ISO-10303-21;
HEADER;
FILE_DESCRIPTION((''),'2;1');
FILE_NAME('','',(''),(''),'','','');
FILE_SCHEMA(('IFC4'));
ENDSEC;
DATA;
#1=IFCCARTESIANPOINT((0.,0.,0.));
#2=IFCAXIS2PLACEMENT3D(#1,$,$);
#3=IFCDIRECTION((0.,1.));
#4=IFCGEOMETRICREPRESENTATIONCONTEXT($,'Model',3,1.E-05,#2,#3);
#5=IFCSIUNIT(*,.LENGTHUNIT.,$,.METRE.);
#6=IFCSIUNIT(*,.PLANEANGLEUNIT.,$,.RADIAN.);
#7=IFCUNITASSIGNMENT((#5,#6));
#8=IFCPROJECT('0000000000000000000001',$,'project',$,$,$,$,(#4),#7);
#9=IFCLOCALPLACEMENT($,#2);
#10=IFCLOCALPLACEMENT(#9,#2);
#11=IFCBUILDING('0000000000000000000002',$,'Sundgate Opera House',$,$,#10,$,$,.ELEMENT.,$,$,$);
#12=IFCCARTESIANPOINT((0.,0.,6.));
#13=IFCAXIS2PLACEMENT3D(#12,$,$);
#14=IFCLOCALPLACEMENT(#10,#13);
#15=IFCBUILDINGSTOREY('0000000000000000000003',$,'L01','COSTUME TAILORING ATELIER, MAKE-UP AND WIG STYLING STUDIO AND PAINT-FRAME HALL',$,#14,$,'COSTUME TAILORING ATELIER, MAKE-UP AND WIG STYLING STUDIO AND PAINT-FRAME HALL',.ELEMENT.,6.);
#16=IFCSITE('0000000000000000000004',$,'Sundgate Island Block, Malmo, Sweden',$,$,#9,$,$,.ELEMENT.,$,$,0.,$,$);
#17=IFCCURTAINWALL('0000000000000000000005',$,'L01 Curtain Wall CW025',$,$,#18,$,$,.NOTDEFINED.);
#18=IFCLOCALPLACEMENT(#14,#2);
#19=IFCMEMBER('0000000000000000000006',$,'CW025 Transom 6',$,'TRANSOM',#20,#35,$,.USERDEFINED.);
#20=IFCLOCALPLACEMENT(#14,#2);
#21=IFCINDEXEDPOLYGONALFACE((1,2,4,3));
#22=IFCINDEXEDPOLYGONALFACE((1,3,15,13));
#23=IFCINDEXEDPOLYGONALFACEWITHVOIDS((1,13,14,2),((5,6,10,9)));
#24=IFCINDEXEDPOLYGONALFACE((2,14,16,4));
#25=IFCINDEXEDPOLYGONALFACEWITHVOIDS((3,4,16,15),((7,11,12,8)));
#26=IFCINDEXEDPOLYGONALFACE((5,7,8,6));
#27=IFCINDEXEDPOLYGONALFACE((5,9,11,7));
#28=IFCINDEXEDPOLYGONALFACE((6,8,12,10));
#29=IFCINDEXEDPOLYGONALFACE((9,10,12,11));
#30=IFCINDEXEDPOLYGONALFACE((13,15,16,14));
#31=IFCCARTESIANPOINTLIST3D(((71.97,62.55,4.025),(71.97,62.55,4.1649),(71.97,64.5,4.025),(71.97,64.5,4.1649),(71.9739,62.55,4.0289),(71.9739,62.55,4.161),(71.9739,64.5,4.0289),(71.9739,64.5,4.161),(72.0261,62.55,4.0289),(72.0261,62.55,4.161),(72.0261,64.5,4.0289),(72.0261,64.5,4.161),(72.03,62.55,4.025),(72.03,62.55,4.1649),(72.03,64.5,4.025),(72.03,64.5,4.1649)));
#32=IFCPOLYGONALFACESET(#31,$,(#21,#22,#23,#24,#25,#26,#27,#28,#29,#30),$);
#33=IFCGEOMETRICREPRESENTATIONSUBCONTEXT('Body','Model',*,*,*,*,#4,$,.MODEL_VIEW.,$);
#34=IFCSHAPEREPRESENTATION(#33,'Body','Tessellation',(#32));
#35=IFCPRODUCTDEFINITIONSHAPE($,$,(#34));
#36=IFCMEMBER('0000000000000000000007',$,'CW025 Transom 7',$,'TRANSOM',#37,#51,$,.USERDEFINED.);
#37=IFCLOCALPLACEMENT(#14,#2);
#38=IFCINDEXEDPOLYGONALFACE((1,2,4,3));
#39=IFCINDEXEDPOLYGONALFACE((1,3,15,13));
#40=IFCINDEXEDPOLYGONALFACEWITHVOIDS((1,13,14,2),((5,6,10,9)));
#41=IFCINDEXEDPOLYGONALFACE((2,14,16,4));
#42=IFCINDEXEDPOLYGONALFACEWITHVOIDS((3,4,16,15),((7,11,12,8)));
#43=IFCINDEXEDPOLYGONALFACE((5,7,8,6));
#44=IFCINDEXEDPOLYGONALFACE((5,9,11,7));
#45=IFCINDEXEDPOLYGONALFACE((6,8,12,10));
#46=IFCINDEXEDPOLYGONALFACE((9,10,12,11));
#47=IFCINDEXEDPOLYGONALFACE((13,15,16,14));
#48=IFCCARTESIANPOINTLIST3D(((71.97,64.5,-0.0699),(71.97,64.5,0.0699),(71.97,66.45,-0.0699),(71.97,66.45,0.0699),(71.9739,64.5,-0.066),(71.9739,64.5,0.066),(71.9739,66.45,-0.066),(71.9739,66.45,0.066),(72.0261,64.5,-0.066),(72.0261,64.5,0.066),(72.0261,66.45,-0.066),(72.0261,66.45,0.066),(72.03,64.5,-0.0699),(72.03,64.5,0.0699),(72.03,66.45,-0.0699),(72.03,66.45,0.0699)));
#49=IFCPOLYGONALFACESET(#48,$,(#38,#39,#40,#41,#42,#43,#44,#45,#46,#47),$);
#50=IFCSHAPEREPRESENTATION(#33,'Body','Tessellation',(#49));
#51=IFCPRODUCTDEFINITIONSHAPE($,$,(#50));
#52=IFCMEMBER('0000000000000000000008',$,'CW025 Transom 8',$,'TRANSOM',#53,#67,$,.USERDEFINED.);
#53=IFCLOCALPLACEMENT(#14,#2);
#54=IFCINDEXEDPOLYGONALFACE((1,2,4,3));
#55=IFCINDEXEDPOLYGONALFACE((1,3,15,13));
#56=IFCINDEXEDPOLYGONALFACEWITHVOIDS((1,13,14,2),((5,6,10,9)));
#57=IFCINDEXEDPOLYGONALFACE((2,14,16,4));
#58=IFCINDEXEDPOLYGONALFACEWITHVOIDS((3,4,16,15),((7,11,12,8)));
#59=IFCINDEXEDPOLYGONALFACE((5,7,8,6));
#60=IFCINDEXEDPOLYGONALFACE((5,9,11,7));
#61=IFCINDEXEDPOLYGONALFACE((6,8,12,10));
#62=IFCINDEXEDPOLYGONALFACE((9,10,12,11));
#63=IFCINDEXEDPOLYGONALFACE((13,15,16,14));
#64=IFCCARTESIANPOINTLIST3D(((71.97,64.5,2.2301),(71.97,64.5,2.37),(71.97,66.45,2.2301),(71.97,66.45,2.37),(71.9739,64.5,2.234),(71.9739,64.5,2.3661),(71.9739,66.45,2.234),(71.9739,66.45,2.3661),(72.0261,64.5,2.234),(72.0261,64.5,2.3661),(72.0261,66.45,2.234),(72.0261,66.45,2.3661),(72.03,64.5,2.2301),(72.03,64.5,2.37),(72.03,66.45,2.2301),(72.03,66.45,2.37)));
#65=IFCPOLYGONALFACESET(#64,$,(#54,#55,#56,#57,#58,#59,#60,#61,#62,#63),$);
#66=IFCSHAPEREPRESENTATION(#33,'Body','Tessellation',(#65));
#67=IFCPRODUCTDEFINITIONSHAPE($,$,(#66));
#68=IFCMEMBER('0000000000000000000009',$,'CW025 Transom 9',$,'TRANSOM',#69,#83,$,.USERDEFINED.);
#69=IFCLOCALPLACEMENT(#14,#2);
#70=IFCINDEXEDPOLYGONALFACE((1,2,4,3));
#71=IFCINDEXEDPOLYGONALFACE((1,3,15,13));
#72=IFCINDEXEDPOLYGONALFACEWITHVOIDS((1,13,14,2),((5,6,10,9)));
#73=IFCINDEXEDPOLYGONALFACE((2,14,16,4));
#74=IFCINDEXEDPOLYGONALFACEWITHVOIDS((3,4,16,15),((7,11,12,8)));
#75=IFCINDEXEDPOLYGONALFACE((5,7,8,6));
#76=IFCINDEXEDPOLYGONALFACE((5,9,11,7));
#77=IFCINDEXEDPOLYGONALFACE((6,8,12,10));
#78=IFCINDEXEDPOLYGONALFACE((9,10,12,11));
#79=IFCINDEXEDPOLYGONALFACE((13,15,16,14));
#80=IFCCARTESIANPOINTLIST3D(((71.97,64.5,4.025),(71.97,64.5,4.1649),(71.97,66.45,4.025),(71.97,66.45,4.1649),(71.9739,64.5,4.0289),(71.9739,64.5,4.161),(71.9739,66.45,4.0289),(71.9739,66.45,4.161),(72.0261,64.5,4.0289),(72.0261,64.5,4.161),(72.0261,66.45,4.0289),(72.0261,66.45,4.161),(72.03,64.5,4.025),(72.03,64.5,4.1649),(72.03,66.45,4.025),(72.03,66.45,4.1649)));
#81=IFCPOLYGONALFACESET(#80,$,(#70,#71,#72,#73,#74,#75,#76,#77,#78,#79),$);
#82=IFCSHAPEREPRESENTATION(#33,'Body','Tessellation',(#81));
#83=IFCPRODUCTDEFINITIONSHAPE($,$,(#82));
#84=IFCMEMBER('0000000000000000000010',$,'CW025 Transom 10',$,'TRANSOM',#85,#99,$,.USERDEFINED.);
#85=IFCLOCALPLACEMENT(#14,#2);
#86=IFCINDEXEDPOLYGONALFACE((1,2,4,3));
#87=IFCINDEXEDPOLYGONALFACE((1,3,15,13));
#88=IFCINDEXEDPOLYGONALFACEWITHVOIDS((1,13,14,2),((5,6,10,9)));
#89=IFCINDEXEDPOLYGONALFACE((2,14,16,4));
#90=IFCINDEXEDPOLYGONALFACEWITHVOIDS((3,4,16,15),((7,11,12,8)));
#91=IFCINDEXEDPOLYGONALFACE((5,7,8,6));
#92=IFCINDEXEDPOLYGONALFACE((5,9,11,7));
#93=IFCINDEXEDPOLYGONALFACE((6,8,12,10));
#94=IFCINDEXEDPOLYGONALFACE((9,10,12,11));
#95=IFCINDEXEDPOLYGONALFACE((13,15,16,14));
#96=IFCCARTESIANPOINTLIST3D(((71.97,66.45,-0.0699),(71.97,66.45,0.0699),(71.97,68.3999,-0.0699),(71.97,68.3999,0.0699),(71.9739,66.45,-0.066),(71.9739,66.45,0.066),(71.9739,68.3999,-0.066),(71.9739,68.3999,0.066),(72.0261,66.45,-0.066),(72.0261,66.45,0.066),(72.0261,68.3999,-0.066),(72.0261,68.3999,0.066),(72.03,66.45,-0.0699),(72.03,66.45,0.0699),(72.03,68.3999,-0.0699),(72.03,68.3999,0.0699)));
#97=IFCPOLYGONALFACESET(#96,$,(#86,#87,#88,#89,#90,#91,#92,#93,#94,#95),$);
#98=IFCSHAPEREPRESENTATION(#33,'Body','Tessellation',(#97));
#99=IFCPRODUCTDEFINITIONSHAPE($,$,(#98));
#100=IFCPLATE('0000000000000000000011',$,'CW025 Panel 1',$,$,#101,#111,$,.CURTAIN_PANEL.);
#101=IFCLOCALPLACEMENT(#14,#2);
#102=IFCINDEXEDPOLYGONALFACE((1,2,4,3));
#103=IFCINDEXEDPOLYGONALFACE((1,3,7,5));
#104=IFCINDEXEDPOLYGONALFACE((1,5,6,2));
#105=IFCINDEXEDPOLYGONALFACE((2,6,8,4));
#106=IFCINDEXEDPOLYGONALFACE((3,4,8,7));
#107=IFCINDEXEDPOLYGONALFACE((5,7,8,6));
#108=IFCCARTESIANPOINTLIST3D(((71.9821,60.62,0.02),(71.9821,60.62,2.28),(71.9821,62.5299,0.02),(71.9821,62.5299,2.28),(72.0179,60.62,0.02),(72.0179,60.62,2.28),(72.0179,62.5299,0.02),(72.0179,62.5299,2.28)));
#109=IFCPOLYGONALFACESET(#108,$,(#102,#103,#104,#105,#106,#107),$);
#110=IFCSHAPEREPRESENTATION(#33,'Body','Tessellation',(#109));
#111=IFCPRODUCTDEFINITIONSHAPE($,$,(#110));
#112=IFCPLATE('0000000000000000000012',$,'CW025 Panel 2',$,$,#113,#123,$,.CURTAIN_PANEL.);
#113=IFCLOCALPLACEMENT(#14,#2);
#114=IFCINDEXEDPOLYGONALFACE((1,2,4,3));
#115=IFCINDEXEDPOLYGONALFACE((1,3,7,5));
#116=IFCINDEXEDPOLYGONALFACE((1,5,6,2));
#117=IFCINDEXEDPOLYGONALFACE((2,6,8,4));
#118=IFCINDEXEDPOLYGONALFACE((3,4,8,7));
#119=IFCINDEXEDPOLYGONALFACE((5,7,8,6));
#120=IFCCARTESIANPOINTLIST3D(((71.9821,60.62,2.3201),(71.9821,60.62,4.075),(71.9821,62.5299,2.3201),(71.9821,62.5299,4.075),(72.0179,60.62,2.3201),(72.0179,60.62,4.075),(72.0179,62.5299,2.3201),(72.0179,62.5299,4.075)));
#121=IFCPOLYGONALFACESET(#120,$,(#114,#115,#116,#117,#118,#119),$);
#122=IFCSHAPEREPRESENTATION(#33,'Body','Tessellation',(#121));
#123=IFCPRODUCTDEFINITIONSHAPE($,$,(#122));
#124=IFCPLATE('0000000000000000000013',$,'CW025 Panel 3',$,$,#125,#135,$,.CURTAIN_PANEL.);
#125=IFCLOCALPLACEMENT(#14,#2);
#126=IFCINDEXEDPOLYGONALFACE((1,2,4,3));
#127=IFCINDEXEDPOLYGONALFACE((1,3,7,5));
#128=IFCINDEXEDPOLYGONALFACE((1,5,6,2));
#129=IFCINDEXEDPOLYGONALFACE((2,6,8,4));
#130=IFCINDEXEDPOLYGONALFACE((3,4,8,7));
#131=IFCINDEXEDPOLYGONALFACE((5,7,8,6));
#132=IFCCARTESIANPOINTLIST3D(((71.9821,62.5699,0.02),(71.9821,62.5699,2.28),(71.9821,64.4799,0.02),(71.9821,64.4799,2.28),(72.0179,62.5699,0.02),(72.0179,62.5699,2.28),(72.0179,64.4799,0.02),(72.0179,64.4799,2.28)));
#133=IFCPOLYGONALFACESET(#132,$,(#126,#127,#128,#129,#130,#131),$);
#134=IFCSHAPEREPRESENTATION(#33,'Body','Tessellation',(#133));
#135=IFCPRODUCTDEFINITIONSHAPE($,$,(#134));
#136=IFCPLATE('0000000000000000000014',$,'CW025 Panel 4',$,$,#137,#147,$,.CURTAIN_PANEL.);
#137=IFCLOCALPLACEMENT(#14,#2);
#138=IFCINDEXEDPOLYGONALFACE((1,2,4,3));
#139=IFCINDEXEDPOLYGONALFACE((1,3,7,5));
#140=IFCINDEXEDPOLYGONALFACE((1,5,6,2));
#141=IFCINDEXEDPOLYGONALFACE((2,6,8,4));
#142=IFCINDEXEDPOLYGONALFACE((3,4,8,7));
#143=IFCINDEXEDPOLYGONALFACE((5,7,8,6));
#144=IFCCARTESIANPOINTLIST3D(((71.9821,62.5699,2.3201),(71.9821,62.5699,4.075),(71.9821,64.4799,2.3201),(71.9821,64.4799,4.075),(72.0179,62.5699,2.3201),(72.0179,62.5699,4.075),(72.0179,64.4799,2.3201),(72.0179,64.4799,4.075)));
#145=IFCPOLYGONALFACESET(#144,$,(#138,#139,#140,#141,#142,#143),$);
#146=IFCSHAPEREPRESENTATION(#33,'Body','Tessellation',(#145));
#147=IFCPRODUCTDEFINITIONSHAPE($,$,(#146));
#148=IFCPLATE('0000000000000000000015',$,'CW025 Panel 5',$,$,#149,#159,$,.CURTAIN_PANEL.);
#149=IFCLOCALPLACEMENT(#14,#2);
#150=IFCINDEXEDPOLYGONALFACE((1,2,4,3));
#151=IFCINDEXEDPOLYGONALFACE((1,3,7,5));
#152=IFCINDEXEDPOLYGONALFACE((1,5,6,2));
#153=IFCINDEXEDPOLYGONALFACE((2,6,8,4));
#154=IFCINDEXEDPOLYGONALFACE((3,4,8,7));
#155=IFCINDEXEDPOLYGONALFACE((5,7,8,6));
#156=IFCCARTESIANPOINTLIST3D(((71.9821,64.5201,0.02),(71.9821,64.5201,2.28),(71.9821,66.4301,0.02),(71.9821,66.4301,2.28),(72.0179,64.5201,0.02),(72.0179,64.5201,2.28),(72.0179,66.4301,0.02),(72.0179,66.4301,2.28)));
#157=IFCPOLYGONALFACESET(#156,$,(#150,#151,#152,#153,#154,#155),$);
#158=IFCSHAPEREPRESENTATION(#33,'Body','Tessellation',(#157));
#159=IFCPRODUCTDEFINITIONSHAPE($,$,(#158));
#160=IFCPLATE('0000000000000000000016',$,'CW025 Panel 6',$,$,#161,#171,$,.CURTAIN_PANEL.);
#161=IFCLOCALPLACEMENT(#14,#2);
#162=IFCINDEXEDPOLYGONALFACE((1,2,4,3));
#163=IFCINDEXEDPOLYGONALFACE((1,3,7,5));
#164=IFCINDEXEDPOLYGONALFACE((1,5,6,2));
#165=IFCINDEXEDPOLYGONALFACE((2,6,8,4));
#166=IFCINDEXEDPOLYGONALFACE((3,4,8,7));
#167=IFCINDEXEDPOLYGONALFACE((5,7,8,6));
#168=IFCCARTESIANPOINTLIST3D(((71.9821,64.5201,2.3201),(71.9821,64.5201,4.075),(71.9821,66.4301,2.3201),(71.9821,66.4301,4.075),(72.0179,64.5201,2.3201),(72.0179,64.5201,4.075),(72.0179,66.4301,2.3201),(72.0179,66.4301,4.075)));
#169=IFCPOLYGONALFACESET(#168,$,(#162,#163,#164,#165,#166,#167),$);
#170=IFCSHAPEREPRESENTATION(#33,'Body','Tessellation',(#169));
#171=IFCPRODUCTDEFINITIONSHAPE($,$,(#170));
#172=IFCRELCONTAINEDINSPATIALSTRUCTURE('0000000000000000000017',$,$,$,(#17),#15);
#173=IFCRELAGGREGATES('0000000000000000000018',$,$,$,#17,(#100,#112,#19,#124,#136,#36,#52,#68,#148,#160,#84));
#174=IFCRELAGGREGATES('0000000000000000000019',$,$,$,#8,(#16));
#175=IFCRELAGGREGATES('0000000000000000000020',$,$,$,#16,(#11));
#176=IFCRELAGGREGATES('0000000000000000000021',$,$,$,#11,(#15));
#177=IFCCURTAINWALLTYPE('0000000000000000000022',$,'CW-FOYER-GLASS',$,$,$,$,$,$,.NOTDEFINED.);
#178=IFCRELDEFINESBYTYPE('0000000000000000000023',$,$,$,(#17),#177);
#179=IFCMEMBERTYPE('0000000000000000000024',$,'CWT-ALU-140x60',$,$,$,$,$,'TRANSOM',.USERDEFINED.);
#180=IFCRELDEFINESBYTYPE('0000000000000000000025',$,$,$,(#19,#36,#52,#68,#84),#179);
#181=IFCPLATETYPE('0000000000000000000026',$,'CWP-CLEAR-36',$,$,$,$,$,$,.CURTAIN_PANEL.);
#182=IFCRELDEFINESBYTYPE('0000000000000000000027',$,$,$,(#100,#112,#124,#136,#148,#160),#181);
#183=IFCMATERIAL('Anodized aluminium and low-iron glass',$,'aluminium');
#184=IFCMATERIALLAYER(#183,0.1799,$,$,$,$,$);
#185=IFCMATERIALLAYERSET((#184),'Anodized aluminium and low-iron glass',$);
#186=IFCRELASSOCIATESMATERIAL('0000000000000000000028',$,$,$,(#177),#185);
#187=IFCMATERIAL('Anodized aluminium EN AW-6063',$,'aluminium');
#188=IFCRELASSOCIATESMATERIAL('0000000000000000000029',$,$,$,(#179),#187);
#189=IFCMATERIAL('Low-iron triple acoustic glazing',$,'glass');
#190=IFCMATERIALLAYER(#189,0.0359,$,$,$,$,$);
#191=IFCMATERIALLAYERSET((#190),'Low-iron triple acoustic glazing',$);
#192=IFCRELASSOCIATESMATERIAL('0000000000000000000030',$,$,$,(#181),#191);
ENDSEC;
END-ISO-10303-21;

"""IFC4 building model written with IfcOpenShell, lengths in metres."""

from ifc_helpers import new_model, si_unit, direction, frame, origin, origin_2d, place, context, subcontext, project, spatial, rectangle, hollow_rectangle, extrude, material, layer, layer_set, material_profile, profile_set, type_object, element, aggregate, save


model = new_model("IFC4")

# Units and contexts
model_context = context("Model", 3, precision=1e-05, world=origin(), true_north=direction((0.0, 1.0)))
body_context = subcontext(model_context, "Body", "Model", "MODEL_VIEW")
ifc_project = project(units=[si_unit("LENGTHUNIT", "METRE"), si_unit("PLANEANGLEUNIT", "RADIAN")], contexts=[model_context])

# Site, building, storey
site_placement = place(None, origin())
site = spatial("IfcSite", under=ifc_project, at=site_placement, Name="Sundgate Island Block, Malmo, Sweden", CompositionType="ELEMENT", RefElevation=0.0)
building_placement = place(site_placement, origin())
building = spatial("IfcBuilding", under=site, at=building_placement, Name="Sundgate Opera House", CompositionType="ELEMENT")
storey_placement = place(building_placement, frame((0.0, 0.0, 6.0)))
storey = spatial("IfcBuildingStorey", under=building, at=storey_placement, Name="L01", Description="COSTUME TAILORING ATELIER, MAKE-UP AND WIG STYLING STUDIO AND PAINT-FRAME HALL", LongName="COSTUME TAILORING ATELIER, MAKE-UP AND WIG STYLING STUDIO AND PAINT-FRAME HALL", CompositionType="ELEMENT", Elevation=6.0)

# Curtain wall, members, plates
ifc_material_1 = material(Name="Anodized aluminium and low-iron glass", Category="aluminium")
ifc_layer_1 = layer(ifc_material_1, 0.1799)
ifc_layer_set_1 = layer_set([ifc_layer_1], Name="Anodized aluminium and low-iron glass")
curtain_wall_type = type_object("IfcCurtainWallType", Name="CW-FOYER-GLASS", PredefinedType="NOTDEFINED", material=ifc_layer_set_1)
curtain_wall_placement = place(storey_placement, origin())
curtain_wall = element("IfcCurtainWall", 1, at=curtain_wall_placement, inside=storey, type_object=curtain_wall_type, Name="L01 Curtain Wall CW025", PredefinedType="NOTDEFINED")
ifc_material_2 = material(Name="Anodized aluminium EN AW-6063", Category="aluminium")
ifc_material_profile_1 = material_profile(ifc_material_2, hollow_rectangle(XDim=0.0601, YDim=0.1399, WallThickness=0.0039, at=origin_2d()), Name="CWT 140x60x4")
ifc_profile_set_1 = profile_set([ifc_material_profile_1], Name="Anodized aluminium EN AW-6063")
member_type_1 = type_object("IfcMemberType", Name="CWT-ALU-140x60", ElementType="TRANSOM", PredefinedType="USERDEFINED", material=ifc_profile_set_1)
member_1_placement = place(storey_placement, frame((72.0, 62.55, 4.095), z_axis=(0.0, 1.0, 0.0), x_axis=(-1.0, 0.0, 0.0)))
member_1 = element("IfcMember", 2, at=member_1_placement, type_object=member_type_1, Name="CW025 Transom 6", ObjectType="TRANSOM", PredefinedType="USERDEFINED", context=body_context, shape_type="SweptSolid", body=[
    extrude(hollow_rectangle(XDim=0.0601, YDim=0.1399, WallThickness=0.0039, at=origin_2d()), origin(), (0.0, 0.0, 1.0), 1.95),
])
member_2_placement = place(storey_placement, frame((72.0, 64.5, 0.0), z_axis=(0.0, 1.0, 0.0), x_axis=(-1.0, 0.0, 0.0)))
member_2 = element("IfcMember", 3, at=member_2_placement, type_object=member_type_1, Name="CW025 Transom 7", ObjectType="TRANSOM", PredefinedType="USERDEFINED", context=body_context, shape_type="SweptSolid", body=[
    extrude(hollow_rectangle(XDim=0.0601, YDim=0.1399, WallThickness=0.0039, at=origin_2d()), origin(), (0.0, 0.0, 1.0), 1.95),
])
member_3_placement = place(storey_placement, frame((72.0, 64.5, 2.3), z_axis=(0.0, 1.0, 0.0), x_axis=(-1.0, 0.0, 0.0)))
member_3 = element("IfcMember", 4, at=member_3_placement, type_object=member_type_1, Name="CW025 Transom 8", ObjectType="TRANSOM", PredefinedType="USERDEFINED", context=body_context, shape_type="SweptSolid", body=[
    extrude(hollow_rectangle(XDim=0.0601, YDim=0.1399, WallThickness=0.0039, at=origin_2d()), origin(), (0.0, 0.0, 1.0), 1.95),
])
member_4_placement = place(storey_placement, frame((72.0, 64.5, 4.095), z_axis=(0.0, 1.0, 0.0), x_axis=(-1.0, 0.0, 0.0)))
member_4 = element("IfcMember", 5, at=member_4_placement, type_object=member_type_1, Name="CW025 Transom 9", ObjectType="TRANSOM", PredefinedType="USERDEFINED", context=body_context, shape_type="SweptSolid", body=[
    extrude(hollow_rectangle(XDim=0.0601, YDim=0.1399, WallThickness=0.0039, at=origin_2d()), origin(), (0.0, 0.0, 1.0), 1.95),
])
member_5_placement = place(storey_placement, frame((72.0, 66.45, 0.0), z_axis=(0.0, 1.0, 0.0), x_axis=(-1.0, 0.0, 0.0)))
member_5 = element("IfcMember", 6, at=member_5_placement, type_object=member_type_1, Name="CW025 Transom 10", ObjectType="TRANSOM", PredefinedType="USERDEFINED", context=body_context, shape_type="SweptSolid", body=[
    extrude(hollow_rectangle(XDim=0.0601, YDim=0.1399, WallThickness=0.0039, at=origin_2d()), origin(), (0.0, 0.0, 1.0), 1.95),
])
ifc_material_3 = material(Name="Low-iron triple acoustic glazing", Category="glass")
ifc_layer_2 = layer(ifc_material_3, 0.0359)
ifc_layer_set_2 = layer_set([ifc_layer_2], Name="Low-iron triple acoustic glazing")
plate_type = type_object("IfcPlateType", Name="CWP-CLEAR-36", PredefinedType="CURTAIN_PANEL", material=ifc_layer_set_2)
plate_1_placement = place(storey_placement, frame((72.0, 61.575, 0.02), z_axis=(0.0, 0.0, 1.0), x_axis=(0.0, 1.0, 0.0)))
plate_1 = element("IfcPlate", 7, at=plate_1_placement, type_object=plate_type, Name="CW025 Panel 1", PredefinedType="CURTAIN_PANEL", context=body_context, shape_type="SweptSolid", body=[
    extrude(rectangle(XDim=1.9099, YDim=0.0359, at=origin_2d()), origin(), (0.0, 0.0, 1.0), 2.26),
])
plate_2_placement = place(storey_placement, frame((72.0, 61.575, 2.3201), z_axis=(0.0, 0.0, 1.0), x_axis=(0.0, 1.0, 0.0)))
plate_2 = element("IfcPlate", 8, at=plate_2_placement, type_object=plate_type, Name="CW025 Panel 2", PredefinedType="CURTAIN_PANEL", context=body_context, shape_type="SweptSolid", body=[
    extrude(rectangle(XDim=1.9099, YDim=0.0359, at=origin_2d()), origin(), (0.0, 0.0, 1.0), 1.7549),
])
plate_3_placement = place(storey_placement, frame((72.0, 63.5249, 0.02), z_axis=(0.0, 0.0, 1.0), x_axis=(0.0, 1.0, 0.0)))
plate_3 = element("IfcPlate", 9, at=plate_3_placement, type_object=plate_type, Name="CW025 Panel 3", PredefinedType="CURTAIN_PANEL", context=body_context, shape_type="SweptSolid", body=[
    extrude(rectangle(XDim=1.9099, YDim=0.0359, at=origin_2d()), origin(), (0.0, 0.0, 1.0), 2.26),
])
plate_4_placement = place(storey_placement, frame((72.0, 63.5249, 2.3201), z_axis=(0.0, 0.0, 1.0), x_axis=(0.0, 1.0, 0.0)))
plate_4 = element("IfcPlate", 10, at=plate_4_placement, type_object=plate_type, Name="CW025 Panel 4", PredefinedType="CURTAIN_PANEL", context=body_context, shape_type="SweptSolid", body=[
    extrude(rectangle(XDim=1.9099, YDim=0.0359, at=origin_2d()), origin(), (0.0, 0.0, 1.0), 1.7549),
])
plate_5_placement = place(storey_placement, frame((72.0, 65.4751, 0.02), z_axis=(0.0, 0.0, 1.0), x_axis=(0.0, 1.0, 0.0)))
plate_5 = element("IfcPlate", 11, at=plate_5_placement, type_object=plate_type, Name="CW025 Panel 5", PredefinedType="CURTAIN_PANEL", context=body_context, shape_type="SweptSolid", body=[
    extrude(rectangle(XDim=1.9099, YDim=0.0359, at=origin_2d()), origin(), (0.0, 0.0, 1.0), 2.26),
])
plate_6_placement = place(storey_placement, frame((72.0, 65.4751, 2.3201), z_axis=(0.0, 0.0, 1.0), x_axis=(0.0, 1.0, 0.0)))
plate_6 = element("IfcPlate", 12, at=plate_6_placement, type_object=plate_type, Name="CW025 Panel 6", PredefinedType="CURTAIN_PANEL", context=body_context, shape_type="SweptSolid", body=[
    extrude(rectangle(XDim=1.9099, YDim=0.0359, at=origin_2d()), origin(), (0.0, 0.0, 1.0), 1.7549),
])
aggregate(curtain_wall, [plate_1, plate_2, member_1, plate_3, plate_4, member_2, member_3, member_4, plate_5, plate_6, member_5])

save(model, "model.ifc")
